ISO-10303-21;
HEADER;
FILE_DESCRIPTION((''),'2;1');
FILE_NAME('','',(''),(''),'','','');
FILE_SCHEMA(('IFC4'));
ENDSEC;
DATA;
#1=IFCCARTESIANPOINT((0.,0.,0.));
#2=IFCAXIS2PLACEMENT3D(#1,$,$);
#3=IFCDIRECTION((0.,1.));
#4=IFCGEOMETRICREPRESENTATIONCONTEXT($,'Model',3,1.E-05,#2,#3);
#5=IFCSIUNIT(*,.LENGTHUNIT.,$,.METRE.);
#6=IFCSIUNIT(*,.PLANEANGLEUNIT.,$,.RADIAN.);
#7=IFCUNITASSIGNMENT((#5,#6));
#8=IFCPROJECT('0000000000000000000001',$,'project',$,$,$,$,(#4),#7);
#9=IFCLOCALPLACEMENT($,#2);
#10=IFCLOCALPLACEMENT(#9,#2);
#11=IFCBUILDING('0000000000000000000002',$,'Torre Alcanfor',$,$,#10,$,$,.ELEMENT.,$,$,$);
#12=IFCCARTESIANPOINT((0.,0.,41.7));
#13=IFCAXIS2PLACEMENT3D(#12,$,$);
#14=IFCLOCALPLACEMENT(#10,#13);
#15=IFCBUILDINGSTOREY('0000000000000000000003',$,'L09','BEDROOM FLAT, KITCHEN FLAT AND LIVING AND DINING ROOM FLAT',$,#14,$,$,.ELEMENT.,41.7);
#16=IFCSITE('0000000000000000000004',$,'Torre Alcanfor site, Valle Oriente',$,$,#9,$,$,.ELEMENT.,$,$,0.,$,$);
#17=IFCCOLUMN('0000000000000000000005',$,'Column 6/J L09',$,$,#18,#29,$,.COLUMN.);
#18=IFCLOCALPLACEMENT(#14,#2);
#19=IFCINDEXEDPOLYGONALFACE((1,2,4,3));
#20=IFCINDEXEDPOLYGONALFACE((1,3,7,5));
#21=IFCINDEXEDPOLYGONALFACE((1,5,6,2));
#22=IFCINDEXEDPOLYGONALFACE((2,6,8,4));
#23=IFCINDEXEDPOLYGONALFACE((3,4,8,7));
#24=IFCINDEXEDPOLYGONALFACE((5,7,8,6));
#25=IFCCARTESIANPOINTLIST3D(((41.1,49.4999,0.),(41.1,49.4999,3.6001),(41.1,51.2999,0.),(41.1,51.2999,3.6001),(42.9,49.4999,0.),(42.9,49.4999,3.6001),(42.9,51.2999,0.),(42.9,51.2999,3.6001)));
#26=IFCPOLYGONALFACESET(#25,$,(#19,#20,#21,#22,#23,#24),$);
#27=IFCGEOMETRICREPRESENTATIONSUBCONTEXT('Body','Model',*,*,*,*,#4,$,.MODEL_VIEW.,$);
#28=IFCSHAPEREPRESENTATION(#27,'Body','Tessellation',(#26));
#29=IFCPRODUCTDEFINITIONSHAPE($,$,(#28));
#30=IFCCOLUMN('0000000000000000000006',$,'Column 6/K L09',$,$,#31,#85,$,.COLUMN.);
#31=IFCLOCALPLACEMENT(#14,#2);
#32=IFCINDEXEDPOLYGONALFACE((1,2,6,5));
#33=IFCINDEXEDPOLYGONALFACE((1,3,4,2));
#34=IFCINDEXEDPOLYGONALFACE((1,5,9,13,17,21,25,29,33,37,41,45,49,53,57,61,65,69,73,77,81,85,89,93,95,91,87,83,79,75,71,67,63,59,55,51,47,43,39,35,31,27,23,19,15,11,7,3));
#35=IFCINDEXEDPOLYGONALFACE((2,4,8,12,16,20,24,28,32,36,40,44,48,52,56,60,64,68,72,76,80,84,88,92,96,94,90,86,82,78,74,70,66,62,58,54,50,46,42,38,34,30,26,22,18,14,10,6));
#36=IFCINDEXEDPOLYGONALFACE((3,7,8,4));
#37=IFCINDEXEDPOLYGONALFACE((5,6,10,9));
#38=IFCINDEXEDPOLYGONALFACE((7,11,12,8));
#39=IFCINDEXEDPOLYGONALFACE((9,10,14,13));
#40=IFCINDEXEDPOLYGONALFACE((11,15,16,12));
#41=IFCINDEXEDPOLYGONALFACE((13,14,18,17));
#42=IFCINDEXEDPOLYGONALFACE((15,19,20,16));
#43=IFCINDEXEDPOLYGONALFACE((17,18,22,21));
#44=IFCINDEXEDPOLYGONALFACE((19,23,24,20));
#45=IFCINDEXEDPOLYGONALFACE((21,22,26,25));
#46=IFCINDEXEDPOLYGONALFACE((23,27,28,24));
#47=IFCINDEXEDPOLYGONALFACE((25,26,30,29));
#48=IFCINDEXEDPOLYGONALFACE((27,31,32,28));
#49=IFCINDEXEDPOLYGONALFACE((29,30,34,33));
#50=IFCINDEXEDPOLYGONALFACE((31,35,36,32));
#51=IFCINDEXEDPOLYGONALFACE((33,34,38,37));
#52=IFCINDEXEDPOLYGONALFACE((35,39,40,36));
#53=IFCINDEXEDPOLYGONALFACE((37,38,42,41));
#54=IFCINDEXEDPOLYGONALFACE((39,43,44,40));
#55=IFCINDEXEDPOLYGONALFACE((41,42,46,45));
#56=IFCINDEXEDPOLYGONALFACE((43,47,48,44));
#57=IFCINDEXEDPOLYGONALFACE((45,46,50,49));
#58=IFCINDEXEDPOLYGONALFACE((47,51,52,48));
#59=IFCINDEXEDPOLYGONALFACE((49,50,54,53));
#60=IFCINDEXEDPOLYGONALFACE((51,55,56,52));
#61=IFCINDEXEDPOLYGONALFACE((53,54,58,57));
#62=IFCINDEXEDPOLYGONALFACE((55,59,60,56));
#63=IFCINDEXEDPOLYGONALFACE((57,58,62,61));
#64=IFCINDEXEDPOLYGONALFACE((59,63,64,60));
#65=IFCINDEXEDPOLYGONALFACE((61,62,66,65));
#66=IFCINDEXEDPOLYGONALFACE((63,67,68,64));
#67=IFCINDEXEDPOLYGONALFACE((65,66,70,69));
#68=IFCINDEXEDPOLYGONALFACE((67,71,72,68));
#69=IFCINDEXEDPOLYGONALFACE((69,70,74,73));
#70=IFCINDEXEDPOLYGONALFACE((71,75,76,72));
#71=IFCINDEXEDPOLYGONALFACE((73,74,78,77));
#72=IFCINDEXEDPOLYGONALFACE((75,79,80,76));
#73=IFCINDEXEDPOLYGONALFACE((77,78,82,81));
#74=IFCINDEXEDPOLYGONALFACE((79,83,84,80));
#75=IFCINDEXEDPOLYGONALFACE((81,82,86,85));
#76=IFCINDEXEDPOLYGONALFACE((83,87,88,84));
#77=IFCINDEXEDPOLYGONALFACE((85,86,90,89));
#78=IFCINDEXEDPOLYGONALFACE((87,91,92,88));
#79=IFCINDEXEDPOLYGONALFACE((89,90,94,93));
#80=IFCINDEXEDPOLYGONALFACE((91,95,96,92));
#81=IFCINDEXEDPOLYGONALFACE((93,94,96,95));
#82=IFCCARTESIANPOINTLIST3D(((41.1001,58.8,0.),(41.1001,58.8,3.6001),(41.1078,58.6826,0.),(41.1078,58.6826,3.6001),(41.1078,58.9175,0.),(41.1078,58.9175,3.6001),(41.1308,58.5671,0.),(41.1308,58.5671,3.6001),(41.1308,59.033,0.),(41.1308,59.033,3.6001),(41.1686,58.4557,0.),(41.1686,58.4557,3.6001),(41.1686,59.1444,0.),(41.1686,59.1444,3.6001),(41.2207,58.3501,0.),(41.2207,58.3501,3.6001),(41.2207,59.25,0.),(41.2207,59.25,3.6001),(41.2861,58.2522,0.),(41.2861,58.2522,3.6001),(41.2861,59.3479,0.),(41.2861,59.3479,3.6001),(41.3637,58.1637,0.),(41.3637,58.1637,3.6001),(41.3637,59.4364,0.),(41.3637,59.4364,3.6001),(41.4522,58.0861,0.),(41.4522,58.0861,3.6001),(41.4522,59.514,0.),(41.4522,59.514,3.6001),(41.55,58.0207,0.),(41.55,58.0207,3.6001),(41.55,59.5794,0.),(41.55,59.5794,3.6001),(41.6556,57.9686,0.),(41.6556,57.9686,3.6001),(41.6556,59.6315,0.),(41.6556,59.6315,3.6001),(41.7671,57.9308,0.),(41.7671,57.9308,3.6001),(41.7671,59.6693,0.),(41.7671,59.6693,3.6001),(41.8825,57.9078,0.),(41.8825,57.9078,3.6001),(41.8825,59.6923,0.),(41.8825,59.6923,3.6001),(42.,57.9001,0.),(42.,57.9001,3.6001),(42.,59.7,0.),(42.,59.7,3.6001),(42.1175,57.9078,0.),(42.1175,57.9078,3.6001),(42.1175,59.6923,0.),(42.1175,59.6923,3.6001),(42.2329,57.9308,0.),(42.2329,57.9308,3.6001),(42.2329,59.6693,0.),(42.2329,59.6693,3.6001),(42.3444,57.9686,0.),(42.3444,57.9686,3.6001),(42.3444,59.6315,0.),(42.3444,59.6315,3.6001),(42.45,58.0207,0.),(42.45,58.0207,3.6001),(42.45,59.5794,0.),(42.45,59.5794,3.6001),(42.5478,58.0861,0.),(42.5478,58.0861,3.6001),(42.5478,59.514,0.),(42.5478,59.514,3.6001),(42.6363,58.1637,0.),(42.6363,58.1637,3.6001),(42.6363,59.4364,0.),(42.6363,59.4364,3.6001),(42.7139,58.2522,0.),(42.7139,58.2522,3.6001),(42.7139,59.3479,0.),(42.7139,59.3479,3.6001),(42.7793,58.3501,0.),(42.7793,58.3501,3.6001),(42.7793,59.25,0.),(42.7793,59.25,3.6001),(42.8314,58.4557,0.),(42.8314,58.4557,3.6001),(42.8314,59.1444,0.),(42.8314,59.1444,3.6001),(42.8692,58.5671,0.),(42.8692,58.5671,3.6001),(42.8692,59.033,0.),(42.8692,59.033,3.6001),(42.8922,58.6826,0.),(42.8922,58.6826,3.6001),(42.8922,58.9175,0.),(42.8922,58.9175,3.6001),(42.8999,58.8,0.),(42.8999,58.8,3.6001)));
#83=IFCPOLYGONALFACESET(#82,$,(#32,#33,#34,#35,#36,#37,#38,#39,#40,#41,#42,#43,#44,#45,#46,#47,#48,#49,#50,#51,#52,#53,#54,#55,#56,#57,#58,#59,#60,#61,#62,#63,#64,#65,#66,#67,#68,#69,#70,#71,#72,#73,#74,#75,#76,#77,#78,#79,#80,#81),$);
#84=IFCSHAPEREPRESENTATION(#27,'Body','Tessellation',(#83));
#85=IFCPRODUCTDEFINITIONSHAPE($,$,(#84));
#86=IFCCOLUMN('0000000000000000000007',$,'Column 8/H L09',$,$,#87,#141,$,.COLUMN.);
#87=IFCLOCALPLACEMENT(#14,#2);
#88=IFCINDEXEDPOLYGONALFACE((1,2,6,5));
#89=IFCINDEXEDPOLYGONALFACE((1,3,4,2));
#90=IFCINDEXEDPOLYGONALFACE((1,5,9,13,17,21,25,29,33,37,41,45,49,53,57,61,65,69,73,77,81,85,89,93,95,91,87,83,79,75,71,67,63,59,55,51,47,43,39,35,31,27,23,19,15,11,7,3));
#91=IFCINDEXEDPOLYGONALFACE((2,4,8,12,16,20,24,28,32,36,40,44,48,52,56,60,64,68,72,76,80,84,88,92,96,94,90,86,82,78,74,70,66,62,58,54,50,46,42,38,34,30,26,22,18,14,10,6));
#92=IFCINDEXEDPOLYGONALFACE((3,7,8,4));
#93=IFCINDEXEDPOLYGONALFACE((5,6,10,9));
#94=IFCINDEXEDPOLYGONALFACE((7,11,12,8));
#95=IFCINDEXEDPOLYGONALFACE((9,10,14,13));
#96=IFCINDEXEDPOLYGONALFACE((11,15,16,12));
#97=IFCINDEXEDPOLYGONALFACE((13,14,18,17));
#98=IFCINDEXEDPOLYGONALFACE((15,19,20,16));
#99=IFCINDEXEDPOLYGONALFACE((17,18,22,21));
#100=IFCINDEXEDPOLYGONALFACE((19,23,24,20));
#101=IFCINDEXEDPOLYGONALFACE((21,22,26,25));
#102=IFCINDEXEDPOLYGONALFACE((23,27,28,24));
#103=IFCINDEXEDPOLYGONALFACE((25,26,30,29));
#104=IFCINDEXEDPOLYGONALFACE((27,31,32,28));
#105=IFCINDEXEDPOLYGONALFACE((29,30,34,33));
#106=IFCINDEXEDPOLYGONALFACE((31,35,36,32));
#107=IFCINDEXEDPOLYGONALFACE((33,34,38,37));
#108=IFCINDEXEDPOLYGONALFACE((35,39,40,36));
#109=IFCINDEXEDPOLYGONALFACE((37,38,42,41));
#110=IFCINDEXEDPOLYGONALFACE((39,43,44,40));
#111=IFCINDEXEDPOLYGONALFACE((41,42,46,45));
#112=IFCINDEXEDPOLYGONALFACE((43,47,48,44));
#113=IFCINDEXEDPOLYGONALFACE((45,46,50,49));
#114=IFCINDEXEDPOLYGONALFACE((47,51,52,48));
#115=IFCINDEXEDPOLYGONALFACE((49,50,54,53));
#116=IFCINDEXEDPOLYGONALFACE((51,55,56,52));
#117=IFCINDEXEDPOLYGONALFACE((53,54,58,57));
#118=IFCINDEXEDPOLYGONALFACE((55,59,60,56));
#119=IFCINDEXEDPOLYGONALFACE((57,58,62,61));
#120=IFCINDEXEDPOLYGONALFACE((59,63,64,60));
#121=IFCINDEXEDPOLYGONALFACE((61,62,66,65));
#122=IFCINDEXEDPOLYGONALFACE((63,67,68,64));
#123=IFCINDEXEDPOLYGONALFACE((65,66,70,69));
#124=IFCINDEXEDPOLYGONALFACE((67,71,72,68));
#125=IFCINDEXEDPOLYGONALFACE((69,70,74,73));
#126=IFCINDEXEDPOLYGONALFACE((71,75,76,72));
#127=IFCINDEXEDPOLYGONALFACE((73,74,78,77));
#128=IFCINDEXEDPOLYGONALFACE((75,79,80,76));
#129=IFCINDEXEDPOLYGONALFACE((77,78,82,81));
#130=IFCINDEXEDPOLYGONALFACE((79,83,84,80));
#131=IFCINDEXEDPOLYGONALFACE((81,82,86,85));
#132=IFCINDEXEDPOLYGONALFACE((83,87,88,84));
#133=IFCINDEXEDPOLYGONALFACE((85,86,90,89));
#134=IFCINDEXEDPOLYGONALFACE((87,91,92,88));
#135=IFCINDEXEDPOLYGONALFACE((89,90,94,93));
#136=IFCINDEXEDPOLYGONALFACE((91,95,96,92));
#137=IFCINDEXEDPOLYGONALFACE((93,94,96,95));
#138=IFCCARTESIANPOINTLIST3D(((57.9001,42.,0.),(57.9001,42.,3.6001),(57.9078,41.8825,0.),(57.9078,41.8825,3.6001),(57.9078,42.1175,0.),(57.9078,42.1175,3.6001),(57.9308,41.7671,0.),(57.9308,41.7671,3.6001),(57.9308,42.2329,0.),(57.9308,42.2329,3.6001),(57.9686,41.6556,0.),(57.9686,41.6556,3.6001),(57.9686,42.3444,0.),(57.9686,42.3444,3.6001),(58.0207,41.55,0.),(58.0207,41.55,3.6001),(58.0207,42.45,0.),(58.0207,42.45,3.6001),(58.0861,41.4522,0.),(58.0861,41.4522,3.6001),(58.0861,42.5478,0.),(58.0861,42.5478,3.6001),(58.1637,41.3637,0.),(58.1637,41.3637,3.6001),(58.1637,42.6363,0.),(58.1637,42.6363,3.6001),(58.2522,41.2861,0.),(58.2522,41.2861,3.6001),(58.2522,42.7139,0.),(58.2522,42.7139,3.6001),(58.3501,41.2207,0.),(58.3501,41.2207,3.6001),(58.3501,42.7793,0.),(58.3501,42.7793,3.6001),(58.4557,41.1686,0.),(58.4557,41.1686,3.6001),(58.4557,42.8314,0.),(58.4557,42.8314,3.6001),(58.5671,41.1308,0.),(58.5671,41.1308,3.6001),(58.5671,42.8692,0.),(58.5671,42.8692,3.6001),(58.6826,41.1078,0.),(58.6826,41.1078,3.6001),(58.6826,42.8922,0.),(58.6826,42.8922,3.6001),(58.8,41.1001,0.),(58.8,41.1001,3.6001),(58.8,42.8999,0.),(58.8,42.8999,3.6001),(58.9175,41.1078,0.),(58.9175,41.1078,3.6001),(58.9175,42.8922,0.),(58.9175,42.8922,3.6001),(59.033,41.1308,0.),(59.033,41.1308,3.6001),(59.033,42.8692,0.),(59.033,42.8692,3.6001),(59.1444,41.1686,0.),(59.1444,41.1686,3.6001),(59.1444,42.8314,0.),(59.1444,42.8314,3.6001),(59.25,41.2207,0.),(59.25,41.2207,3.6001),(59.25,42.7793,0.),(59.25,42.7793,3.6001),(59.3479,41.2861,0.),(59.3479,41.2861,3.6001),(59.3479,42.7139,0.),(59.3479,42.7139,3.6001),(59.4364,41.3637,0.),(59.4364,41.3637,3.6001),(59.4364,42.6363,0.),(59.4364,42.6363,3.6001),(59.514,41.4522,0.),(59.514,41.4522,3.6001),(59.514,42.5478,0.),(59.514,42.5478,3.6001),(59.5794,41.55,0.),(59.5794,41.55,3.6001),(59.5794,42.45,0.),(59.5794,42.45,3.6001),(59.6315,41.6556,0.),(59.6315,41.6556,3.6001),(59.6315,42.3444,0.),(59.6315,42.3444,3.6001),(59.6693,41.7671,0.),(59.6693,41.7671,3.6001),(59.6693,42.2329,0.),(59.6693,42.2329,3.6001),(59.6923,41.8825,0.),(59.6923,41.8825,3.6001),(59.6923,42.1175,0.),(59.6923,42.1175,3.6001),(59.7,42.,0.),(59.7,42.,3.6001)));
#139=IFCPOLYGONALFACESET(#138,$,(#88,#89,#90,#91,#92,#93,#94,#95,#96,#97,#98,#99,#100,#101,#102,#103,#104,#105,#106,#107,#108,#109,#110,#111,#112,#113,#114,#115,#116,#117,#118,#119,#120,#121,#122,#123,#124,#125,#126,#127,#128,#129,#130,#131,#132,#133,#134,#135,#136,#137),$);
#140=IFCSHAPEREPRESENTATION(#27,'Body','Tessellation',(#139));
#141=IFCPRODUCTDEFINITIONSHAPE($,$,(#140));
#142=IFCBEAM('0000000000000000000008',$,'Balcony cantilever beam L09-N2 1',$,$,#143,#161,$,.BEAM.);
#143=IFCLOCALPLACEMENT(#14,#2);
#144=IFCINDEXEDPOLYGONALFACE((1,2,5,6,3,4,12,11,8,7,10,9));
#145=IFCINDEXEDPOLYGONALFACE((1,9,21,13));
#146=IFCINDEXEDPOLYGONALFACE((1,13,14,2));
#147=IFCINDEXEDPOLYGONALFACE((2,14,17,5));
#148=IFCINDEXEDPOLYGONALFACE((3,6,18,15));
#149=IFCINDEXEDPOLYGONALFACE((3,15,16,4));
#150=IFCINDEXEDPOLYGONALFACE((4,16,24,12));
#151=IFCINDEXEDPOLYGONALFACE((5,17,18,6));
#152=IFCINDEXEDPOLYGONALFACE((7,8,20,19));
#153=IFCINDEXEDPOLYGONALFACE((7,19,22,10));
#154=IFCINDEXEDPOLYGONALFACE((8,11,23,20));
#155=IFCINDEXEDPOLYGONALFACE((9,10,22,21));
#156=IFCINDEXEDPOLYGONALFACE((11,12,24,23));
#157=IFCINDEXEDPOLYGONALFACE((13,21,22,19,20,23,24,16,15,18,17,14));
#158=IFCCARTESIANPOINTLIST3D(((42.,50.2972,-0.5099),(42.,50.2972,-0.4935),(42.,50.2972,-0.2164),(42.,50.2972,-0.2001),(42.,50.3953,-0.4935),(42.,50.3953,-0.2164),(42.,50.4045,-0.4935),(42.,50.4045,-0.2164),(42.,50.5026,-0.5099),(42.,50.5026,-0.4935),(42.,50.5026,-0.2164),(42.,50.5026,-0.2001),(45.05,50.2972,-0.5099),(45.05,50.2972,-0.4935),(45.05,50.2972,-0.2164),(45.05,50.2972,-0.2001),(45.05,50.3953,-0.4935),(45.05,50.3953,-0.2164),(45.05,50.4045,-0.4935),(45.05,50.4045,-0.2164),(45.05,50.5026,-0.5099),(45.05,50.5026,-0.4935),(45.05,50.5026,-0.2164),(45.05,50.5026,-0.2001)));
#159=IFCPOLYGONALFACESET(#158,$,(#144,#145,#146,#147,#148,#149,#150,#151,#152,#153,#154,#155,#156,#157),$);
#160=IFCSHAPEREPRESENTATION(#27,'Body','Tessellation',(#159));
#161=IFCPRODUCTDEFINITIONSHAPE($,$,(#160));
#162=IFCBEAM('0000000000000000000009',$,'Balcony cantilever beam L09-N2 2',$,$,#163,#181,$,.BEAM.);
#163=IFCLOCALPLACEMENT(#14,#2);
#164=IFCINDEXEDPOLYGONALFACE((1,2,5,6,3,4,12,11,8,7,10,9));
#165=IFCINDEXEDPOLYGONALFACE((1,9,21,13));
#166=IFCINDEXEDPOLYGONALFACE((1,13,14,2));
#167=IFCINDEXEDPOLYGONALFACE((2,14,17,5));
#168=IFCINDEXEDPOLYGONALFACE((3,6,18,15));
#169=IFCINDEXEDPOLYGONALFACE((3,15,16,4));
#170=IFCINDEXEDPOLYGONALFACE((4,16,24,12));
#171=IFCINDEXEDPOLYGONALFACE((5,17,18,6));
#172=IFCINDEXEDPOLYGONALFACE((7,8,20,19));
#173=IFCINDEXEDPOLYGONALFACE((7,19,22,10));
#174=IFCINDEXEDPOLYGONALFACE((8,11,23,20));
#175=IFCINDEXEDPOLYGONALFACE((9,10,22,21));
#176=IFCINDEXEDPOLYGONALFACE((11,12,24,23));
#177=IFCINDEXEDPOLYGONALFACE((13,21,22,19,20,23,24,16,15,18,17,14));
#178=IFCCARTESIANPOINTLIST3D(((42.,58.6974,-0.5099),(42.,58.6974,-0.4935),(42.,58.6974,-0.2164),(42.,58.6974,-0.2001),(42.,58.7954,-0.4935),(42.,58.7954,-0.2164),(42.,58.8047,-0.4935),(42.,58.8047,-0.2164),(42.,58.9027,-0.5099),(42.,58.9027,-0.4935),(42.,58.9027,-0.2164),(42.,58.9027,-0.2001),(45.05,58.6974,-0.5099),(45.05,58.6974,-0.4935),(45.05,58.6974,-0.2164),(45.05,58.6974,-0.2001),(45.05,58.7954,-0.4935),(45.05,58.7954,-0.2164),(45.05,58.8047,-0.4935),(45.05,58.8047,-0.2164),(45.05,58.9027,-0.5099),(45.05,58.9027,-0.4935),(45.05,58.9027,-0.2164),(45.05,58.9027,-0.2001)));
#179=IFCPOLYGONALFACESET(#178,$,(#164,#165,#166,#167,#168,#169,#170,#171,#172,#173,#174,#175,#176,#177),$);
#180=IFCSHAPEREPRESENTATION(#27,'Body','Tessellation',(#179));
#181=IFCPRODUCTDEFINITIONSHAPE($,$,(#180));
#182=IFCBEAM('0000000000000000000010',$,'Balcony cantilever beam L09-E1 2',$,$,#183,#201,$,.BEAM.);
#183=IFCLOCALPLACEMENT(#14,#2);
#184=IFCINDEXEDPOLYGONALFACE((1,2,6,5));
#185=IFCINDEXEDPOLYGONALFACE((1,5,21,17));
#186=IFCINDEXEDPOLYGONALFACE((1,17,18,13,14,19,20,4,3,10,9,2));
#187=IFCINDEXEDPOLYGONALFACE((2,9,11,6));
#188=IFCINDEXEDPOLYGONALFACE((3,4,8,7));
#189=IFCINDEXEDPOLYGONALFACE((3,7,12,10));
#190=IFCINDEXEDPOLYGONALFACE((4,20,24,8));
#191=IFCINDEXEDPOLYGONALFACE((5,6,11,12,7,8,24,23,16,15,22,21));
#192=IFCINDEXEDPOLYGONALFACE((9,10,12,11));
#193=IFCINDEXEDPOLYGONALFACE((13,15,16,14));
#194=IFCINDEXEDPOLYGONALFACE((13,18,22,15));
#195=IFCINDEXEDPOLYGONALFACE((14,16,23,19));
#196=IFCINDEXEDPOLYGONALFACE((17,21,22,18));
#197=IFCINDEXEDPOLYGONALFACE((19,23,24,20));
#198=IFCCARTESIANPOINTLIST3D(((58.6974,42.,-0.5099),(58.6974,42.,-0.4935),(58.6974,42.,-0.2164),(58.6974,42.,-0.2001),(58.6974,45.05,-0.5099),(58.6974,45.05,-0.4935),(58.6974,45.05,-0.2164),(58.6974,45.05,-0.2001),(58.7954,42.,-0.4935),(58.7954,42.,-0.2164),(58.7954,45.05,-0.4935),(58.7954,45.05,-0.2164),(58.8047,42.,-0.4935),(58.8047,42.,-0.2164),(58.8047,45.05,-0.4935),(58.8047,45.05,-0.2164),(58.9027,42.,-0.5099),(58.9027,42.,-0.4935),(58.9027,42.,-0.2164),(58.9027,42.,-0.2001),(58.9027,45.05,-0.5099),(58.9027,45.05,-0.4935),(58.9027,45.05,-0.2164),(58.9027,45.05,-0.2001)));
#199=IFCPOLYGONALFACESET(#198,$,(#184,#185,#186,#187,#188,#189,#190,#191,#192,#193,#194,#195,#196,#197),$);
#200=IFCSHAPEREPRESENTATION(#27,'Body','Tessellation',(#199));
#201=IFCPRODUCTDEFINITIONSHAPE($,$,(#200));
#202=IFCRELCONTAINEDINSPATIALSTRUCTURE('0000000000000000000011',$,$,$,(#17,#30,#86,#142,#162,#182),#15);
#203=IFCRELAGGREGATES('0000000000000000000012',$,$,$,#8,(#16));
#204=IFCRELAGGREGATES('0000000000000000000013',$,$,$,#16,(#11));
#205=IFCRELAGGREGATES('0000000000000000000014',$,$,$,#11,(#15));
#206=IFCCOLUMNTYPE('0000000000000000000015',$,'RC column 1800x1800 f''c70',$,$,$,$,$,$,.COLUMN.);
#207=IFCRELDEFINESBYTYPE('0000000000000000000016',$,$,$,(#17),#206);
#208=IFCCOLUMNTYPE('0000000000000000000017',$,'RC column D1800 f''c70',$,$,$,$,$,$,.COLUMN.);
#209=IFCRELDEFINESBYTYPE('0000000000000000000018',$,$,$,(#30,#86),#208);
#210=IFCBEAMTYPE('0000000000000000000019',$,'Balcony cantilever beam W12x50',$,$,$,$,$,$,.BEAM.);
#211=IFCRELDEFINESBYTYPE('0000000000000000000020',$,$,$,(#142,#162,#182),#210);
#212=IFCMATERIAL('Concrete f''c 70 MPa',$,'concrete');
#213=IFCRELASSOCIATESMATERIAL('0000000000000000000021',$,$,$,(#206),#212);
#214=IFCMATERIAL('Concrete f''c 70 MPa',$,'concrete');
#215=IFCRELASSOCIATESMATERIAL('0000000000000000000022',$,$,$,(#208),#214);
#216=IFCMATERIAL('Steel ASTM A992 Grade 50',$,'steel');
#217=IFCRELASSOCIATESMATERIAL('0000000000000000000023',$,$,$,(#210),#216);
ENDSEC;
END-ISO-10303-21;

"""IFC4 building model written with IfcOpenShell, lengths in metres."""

from ifc_helpers import new_model, si_unit, direction, frame, origin, origin_2d, place, context, subcontext, project, spatial, rectangle, circle, i_section, extrude, material, material_profile, profile_set, type_object, element, save


model = new_model("IFC4")

# Units and contexts
model_context = context("Model", 3, precision=1e-05, world=origin(), true_north=direction((0.0, 1.0)))
body_context = subcontext(model_context, "Body", "Model", "MODEL_VIEW")
ifc_project = project(units=[si_unit("LENGTHUNIT", "METRE"), si_unit("PLANEANGLEUNIT", "RADIAN")], contexts=[model_context])

# Site, building, storey
site_placement = place(None, origin())
site = spatial("IfcSite", under=ifc_project, at=site_placement, Name="Torre Alcanfor site, Valle Oriente", CompositionType="ELEMENT", RefElevation=0.0)
building_placement = place(site_placement, origin())
building = spatial("IfcBuilding", under=site, at=building_placement, Name="Torre Alcanfor", CompositionType="ELEMENT")
storey_placement = place(building_placement, frame((0.0, 0.0, 41.7)))
storey = spatial("IfcBuildingStorey", under=building, at=storey_placement, Name="L09", Description="BEDROOM FLAT, KITCHEN FLAT AND LIVING AND DINING ROOM FLAT", CompositionType="ELEMENT", Elevation=41.7)

# Columns
ifc_material_1 = material(Name="Concrete f'c 70 MPa", Category="concrete")
ifc_material_profile_1 = material_profile(ifc_material_1, rectangle(XDim=1.8, YDim=1.8, at=origin_2d()), Name="1800x1800")
ifc_profile_set_1 = profile_set([ifc_material_profile_1], Name="Concrete f'c 70 MPa")
column_type_1 = type_object("IfcColumnType", Name="RC column 1800x1800 f'c70", PredefinedType="COLUMN", material=ifc_profile_set_1)
column_placement = place(storey_placement, frame((42.0, 50.3999, 0.0), z_axis=(0.0, 0.0, 1.0), x_axis=(1.0, 0.0, 0.0)))
element("IfcColumn", 1, at=column_placement, inside=storey, type_object=column_type_1, Name="Column 6/J L09", PredefinedType="COLUMN", context=body_context, shape_type="SweptSolid", body=[
    extrude(rectangle(XDim=1.8, YDim=1.8, at=origin_2d()), origin(), (0.0, 0.0, 1.0), 3.6001),
])
ifc_material_2 = material(Name="Concrete f'c 70 MPa", Category="concrete")
ifc_material_profile_2 = material_profile(ifc_material_2, circle(Radius=0.8999, at=origin_2d()), Name="D1800")
ifc_profile_set_2 = profile_set([ifc_material_profile_2], Name="Concrete f'c 70 MPa")
column_type_2 = type_object("IfcColumnType", Name="RC column D1800 f'c70", PredefinedType="COLUMN", material=ifc_profile_set_2)
for number, where, z_axis, x_axis, name in (
    (2, (42.0, 58.8, 0.0), (0.0, 0.0, 1.0), (1.0, 0.0, 0.0), "Column 6/K L09"),
    (3, (58.8, 42.0, 0.0), (0.0, 0.0, 1.0), (1.0, 0.0, 0.0), "Column 8/H L09"),
):
    element("IfcColumn", number, at=place(storey_placement, frame(where, z_axis=z_axis, x_axis=x_axis)), inside=storey, type_object=column_type_2, Name=name, PredefinedType="COLUMN", context=body_context, shape_type="SweptSolid", body=[
        extrude(circle(Radius=0.8999, at=origin_2d()), origin(), (0.0, 0.0, 1.0), 3.6001),
    ])

# Beams
ifc_material_3 = material(Name="Steel ASTM A992 Grade 50", Category="steel")
ifc_material_profile_3 = material_profile(ifc_material_3, i_section(OverallWidth=0.2053, OverallDepth=0.3098, WebThickness=0.0093, FlangeThickness=0.0164, at=origin_2d()), Name="W12x50")
ifc_profile_set_3 = profile_set([ifc_material_profile_3], Name="Steel ASTM A992 Grade 50")
beam_type_1 = type_object("IfcBeamType", Name="Balcony cantilever beam W12x50", PredefinedType="BEAM", material=ifc_profile_set_3)
for number, where, z_axis, x_axis, name in (
    (4, (42.0, 50.3999, -0.355), (1.0, 0.0, 0.0), (0.0, 1.0, 0.0), "Balcony cantilever beam L09-N2 1"),
    (5, (42.0, 58.8, -0.355), (1.0, 0.0, 0.0), (0.0, 1.0, 0.0), "Balcony cantilever beam L09-N2 2"),
    (6, (58.8, 42.0, -0.355), (0.0, 1.0, 0.0), (-1.0, 0.0, 0.0), "Balcony cantilever beam L09-E1 2"),
):
    element("IfcBeam", number, at=place(storey_placement, frame(where, z_axis=z_axis, x_axis=x_axis)), inside=storey, type_object=beam_type_1, Name=name, PredefinedType="BEAM", context=body_context, shape_type="SweptSolid", body=[
        extrude(i_section(OverallWidth=0.2053, OverallDepth=0.3098, WebThickness=0.0093, FlangeThickness=0.0164, at=origin_2d()), origin(), (0.0, 0.0, 1.0), 3.05),
    ])

save(model, "model.ifc")
